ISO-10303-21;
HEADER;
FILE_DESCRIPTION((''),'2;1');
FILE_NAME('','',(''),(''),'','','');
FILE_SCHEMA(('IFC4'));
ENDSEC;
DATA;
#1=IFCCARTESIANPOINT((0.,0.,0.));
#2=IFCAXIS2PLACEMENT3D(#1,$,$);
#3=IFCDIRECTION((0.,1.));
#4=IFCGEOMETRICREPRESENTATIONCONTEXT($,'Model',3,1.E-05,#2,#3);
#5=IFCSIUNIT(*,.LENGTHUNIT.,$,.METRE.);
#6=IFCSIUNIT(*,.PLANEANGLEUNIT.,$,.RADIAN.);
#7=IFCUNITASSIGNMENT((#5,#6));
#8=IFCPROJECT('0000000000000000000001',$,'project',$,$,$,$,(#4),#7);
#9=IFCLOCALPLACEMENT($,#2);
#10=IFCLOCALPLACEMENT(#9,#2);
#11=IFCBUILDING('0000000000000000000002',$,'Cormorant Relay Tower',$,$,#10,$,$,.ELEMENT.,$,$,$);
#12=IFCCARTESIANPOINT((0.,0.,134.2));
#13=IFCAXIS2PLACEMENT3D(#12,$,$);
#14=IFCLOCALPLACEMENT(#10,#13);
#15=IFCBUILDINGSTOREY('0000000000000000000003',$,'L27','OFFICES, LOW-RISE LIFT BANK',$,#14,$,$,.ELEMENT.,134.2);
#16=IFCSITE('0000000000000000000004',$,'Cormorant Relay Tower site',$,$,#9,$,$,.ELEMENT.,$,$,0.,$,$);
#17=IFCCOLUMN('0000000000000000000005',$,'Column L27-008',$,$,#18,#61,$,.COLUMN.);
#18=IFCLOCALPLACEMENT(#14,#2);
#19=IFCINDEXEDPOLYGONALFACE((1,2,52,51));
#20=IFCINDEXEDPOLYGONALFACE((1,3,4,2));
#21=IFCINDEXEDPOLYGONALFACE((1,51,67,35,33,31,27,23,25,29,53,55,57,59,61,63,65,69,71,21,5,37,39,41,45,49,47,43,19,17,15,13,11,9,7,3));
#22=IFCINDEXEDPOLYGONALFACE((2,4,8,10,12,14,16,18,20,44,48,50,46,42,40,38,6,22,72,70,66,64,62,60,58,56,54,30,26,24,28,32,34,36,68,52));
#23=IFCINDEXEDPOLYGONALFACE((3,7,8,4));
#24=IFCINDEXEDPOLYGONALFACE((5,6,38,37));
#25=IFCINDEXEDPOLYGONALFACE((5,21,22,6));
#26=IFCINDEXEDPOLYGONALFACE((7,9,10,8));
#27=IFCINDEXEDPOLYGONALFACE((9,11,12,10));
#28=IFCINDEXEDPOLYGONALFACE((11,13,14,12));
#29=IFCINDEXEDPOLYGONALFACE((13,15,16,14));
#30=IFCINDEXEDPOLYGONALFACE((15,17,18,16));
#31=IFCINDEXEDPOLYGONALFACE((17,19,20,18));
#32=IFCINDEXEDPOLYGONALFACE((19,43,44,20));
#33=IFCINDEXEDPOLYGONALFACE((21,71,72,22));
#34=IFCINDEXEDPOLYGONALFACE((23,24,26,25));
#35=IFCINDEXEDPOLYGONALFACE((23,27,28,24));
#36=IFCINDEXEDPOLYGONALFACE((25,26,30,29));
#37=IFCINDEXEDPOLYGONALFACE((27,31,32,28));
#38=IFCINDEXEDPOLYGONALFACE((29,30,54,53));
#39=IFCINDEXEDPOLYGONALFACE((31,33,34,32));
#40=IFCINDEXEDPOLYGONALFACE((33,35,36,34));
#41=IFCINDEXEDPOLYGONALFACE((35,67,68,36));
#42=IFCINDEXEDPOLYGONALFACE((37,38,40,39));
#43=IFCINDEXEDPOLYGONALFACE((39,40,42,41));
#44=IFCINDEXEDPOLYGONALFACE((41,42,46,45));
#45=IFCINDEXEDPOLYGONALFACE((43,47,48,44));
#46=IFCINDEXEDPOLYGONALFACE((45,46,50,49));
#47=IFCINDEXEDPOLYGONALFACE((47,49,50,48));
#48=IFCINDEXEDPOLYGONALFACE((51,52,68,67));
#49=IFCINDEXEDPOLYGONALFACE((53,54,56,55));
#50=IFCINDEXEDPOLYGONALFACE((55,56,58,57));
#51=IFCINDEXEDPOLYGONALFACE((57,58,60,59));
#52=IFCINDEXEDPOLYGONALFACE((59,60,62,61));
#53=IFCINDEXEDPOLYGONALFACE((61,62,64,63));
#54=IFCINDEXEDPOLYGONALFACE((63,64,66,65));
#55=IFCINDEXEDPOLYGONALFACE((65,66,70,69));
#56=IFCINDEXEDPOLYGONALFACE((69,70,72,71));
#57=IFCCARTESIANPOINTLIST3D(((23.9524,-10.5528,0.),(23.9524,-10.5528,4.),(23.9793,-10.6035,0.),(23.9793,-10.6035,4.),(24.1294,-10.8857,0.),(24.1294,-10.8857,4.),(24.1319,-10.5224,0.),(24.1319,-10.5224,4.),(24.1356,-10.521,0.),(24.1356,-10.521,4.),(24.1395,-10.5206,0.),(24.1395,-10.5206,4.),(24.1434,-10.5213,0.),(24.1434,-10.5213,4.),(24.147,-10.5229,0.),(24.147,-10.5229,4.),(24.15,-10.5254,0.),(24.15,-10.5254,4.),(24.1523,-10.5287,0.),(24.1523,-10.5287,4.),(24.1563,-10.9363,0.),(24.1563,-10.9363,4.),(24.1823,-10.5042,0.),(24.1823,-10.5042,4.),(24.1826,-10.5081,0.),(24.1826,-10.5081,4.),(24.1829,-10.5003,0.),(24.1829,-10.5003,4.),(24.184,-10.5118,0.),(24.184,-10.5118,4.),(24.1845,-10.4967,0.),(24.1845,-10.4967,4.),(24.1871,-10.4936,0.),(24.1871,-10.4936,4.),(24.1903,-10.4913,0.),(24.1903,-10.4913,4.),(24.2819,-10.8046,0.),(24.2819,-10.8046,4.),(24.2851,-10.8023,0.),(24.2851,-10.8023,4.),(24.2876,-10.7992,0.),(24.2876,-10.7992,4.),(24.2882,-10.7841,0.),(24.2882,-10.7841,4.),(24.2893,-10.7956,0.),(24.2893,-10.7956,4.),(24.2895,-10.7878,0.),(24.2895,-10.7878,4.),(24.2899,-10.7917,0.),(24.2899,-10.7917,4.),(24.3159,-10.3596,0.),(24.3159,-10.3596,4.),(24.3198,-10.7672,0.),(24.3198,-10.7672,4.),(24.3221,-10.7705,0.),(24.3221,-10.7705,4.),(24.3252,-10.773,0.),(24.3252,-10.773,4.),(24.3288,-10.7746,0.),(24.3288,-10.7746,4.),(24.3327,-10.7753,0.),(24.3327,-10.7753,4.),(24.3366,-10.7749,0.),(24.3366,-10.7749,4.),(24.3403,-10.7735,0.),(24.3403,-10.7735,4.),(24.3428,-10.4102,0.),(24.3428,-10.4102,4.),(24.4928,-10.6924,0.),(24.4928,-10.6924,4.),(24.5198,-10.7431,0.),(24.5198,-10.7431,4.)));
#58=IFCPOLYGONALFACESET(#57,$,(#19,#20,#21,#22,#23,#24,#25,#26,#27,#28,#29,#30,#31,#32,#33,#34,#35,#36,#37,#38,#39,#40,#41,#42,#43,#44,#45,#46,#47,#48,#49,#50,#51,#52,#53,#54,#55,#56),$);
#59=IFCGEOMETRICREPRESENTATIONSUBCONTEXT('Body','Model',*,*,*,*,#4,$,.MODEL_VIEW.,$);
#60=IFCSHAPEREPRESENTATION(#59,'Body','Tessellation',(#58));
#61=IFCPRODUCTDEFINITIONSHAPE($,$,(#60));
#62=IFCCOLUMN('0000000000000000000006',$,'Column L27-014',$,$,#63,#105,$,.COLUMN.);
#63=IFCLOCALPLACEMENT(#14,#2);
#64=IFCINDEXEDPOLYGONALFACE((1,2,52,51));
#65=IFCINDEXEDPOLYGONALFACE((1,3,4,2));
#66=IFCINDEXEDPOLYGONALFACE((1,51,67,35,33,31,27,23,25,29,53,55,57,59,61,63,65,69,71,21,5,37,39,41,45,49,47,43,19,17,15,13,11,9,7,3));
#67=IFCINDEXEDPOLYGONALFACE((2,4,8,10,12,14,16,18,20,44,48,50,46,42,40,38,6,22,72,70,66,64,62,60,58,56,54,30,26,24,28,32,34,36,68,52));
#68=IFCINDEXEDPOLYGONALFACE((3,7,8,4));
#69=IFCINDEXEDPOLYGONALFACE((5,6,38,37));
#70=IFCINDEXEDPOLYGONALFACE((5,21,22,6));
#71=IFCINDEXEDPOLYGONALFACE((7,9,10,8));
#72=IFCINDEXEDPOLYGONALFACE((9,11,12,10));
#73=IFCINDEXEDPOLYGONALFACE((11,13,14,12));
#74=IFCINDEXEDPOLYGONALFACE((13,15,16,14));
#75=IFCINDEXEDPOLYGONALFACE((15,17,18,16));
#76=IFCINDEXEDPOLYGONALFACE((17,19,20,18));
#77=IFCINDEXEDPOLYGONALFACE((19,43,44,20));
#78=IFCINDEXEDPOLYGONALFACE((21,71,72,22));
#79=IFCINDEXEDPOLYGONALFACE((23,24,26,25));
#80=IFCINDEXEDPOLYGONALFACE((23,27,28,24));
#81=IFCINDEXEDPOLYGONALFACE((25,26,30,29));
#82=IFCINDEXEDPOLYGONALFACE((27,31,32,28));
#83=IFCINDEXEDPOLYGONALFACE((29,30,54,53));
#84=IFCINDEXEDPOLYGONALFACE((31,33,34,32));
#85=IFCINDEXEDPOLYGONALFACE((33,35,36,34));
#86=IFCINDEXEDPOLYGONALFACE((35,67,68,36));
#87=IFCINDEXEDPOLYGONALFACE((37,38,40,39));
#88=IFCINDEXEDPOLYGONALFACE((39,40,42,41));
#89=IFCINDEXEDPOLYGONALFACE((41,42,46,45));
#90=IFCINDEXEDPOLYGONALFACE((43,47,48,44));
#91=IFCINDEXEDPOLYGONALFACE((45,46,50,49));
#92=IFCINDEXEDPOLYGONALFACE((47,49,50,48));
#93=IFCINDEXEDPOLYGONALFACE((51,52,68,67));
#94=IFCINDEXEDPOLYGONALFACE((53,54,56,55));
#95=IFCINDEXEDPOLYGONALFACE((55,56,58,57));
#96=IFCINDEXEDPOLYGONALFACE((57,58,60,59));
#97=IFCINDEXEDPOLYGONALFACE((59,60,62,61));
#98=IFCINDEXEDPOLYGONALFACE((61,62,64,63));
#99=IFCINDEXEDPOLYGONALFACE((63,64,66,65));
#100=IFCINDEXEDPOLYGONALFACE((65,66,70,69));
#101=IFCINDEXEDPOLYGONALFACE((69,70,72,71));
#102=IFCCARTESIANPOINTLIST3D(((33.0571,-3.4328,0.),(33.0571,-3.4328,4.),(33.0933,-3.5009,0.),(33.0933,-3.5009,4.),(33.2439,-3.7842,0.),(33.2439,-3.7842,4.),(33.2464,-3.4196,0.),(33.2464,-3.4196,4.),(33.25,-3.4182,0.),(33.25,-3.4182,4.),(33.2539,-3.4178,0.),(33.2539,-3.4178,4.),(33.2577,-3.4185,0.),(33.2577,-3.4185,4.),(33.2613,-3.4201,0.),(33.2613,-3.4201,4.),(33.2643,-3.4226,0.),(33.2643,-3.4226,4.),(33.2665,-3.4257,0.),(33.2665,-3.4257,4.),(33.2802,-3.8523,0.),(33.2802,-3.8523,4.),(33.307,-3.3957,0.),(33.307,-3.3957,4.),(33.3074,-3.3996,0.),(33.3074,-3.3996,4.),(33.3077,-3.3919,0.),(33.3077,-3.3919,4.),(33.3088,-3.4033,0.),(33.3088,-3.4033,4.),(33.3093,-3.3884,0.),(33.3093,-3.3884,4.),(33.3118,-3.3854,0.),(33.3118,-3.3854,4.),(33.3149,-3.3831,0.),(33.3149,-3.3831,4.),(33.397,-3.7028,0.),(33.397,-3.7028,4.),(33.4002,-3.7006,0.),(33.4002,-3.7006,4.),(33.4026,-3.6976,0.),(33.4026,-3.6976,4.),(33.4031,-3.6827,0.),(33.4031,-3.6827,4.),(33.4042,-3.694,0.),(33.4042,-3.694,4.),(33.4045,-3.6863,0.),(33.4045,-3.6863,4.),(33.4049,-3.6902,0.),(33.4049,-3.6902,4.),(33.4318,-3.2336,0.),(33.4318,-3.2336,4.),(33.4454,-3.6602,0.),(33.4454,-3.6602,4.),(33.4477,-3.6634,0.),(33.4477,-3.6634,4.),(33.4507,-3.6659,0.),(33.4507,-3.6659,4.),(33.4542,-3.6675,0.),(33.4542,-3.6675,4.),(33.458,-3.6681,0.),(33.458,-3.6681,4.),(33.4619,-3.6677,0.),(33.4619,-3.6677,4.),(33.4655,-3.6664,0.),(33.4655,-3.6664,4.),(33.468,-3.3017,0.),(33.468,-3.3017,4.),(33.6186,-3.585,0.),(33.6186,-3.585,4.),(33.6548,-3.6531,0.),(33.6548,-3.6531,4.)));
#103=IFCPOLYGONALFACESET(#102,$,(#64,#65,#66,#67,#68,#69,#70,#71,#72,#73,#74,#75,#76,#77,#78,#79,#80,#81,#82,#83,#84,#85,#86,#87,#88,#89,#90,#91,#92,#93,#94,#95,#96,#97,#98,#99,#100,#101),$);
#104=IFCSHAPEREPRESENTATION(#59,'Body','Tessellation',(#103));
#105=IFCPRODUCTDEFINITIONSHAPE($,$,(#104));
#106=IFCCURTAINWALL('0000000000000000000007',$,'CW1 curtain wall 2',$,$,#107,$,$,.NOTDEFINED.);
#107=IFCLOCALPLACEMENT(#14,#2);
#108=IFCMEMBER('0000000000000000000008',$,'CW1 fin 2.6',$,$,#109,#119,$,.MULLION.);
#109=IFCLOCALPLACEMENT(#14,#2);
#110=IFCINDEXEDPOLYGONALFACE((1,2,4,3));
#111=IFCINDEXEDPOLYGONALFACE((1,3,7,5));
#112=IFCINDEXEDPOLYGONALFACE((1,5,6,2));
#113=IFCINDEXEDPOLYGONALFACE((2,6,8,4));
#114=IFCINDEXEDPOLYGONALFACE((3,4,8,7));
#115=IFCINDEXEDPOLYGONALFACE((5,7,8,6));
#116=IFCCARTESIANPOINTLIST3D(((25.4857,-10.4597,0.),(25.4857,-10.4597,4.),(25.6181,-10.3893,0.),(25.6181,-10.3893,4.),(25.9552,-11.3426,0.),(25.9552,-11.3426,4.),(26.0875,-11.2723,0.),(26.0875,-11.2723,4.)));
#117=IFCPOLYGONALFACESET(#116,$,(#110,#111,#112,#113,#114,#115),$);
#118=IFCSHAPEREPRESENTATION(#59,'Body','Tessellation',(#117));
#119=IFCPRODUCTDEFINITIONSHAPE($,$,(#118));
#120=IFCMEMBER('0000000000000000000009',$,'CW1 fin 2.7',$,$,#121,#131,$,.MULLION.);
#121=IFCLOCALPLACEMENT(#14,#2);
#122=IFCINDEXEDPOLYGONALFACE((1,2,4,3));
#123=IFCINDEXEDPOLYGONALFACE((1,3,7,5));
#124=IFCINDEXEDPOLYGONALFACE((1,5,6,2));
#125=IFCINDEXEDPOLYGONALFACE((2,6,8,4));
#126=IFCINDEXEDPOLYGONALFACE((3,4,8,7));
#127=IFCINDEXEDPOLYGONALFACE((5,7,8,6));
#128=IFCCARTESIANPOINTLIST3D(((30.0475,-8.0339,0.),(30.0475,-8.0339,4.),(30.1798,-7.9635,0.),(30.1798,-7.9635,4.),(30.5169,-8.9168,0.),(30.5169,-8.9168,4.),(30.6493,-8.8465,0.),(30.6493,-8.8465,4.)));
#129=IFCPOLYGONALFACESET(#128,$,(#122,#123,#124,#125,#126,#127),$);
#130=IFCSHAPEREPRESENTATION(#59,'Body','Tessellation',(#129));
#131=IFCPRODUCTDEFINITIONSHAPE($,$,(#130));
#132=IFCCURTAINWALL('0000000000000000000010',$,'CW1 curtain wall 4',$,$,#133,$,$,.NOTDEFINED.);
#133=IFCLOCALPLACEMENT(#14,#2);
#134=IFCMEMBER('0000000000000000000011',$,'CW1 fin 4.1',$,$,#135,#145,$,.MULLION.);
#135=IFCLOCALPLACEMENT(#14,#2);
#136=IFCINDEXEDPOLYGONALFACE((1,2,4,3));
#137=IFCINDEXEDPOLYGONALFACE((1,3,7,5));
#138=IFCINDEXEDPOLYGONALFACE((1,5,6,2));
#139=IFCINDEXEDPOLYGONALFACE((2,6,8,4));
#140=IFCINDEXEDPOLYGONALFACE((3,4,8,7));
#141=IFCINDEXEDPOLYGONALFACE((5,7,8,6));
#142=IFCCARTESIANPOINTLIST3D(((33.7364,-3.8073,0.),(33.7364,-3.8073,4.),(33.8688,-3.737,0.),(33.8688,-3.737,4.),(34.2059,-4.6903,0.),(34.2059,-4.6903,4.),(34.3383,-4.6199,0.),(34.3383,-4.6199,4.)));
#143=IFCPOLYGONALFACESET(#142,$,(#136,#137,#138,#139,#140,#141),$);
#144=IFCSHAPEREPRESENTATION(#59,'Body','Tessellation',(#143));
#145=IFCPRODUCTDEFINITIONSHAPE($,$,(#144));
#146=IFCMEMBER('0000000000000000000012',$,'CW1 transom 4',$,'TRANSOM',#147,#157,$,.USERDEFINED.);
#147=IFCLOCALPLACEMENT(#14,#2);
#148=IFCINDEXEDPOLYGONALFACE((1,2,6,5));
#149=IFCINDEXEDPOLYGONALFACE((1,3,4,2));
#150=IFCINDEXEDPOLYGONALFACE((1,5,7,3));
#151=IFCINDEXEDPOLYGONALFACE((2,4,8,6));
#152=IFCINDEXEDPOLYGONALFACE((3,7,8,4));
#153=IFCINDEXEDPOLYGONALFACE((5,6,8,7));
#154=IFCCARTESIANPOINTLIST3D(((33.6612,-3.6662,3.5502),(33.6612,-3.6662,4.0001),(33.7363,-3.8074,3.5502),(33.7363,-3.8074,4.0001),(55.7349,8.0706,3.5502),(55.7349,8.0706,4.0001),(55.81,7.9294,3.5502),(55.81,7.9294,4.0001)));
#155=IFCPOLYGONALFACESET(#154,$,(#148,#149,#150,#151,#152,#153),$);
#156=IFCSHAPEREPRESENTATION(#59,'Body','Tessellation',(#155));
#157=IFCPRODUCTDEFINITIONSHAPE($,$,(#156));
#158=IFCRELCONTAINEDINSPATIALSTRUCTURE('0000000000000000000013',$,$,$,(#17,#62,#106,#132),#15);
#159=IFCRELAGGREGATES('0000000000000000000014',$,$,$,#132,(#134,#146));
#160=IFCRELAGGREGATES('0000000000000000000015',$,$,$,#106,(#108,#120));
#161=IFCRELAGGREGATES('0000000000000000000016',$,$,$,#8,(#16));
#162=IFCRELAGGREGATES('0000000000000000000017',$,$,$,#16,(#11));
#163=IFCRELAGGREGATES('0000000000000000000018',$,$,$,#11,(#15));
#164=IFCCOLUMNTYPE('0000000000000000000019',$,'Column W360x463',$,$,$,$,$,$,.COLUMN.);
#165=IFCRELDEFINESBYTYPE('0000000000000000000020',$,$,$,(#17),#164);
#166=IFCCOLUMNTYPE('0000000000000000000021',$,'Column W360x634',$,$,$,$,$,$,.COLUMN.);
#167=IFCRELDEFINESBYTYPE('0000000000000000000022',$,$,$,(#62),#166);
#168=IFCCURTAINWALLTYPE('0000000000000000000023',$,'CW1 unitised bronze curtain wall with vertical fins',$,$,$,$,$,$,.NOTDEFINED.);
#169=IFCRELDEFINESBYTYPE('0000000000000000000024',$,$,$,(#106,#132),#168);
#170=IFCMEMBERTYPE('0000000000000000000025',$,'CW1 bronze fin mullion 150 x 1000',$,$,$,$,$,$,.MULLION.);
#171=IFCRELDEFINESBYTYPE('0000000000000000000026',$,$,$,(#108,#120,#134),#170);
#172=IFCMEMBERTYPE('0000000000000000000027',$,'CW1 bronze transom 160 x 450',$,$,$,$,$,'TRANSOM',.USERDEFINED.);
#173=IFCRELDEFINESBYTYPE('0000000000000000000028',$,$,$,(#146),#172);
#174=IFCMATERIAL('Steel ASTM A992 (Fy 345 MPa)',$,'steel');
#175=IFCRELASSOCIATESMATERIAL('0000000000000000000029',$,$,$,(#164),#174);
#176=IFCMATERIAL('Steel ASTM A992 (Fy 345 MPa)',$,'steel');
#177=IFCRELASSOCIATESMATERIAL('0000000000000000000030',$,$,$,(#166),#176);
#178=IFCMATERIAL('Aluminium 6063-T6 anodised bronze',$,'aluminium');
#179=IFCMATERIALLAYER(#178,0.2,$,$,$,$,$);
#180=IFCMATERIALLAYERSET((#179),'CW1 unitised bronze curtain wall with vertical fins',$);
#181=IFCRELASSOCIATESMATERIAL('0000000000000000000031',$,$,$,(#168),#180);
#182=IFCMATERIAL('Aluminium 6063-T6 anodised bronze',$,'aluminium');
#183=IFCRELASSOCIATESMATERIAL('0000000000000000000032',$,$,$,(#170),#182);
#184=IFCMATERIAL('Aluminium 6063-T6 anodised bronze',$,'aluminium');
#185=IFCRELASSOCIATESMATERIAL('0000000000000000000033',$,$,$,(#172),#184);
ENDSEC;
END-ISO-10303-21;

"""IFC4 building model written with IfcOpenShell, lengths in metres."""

from ifc_helpers import new_model, si_unit, direction, frame, origin, origin_2d, place, context, subcontext, project, spatial, rectangle, i_section, extrude, material, layer, layer_set, material_profile, profile_set, type_object, element, aggregate, save


model = new_model("IFC4")

# Units and contexts
model_context = context("Model", 3, precision=1e-05, world=origin(), true_north=direction((0.0, 1.0)))
body_context = subcontext(model_context, "Body", "Model", "MODEL_VIEW")
ifc_project = project(units=[si_unit("LENGTHUNIT", "METRE"), si_unit("PLANEANGLEUNIT", "RADIAN")], contexts=[model_context])

# Site, building, storey
site_placement = place(None, origin())
site = spatial("IfcSite", under=ifc_project, at=site_placement, Name="Cormorant Relay Tower site", CompositionType="ELEMENT", RefElevation=0.0)
building_placement = place(site_placement, origin())
building = spatial("IfcBuilding", under=site, at=building_placement, Name="Cormorant Relay Tower", CompositionType="ELEMENT")
storey_placement = place(building_placement, frame((0.0, 0.0, 134.2)))
storey = spatial("IfcBuildingStorey", under=building, at=storey_placement, Name="L27", Description="OFFICES, LOW-RISE LIFT BANK", CompositionType="ELEMENT", Elevation=134.2)

# Columns
ifc_material_1 = material(Name="Steel ASTM A992 (Fy 345 MPa)", Category="steel")
ifc_material_profile_1 = material_profile(ifc_material_1, i_section(OverallWidth=0.4116, OverallDepth=0.4343, WebThickness=0.0359, FlangeThickness=0.0574, FilletRadius=0.0151, at=origin_2d()), Name="W360x463")
ifc_profile_set_1 = profile_set([ifc_material_profile_1], Name="Steel ASTM A992 (Fy 345 MPa)")
column_type_1 = type_object("IfcColumnType", Name="Column W360x463", PredefinedType="COLUMN", material=ifc_profile_set_1)
column_1_placement = place(storey_placement, frame((24.2361, -10.6479, 0.0), z_axis=(0.0, 0.0, 1.0), x_axis=(0.882948, 0.469472, 0.0)))
element("IfcColumn", 1, at=column_1_placement, inside=storey, type_object=column_type_1, Name="Column L27-008", PredefinedType="COLUMN", context=body_context, shape_type="SweptSolid", body=[
    extrude(i_section(OverallWidth=0.4116, OverallDepth=0.4343, WebThickness=0.0359, FlangeThickness=0.0574, FilletRadius=0.0151, at=origin_2d()), origin(), (0.0, 0.0, 1.0), 4.0),
])
ifc_material_2 = material(Name="Steel ASTM A992 (Fy 345 MPa)", Category="steel")
ifc_material_profile_2 = material_profile(ifc_material_2, i_section(OverallWidth=0.4243, OverallDepth=0.4751, WebThickness=0.0479, FlangeThickness=0.0771, FilletRadius=0.0149, at=origin_2d()), Name="W360x634")
ifc_profile_set_2 = profile_set([ifc_material_profile_2], Name="Steel ASTM A992 (Fy 345 MPa)")
column_type_2 = type_object("IfcColumnType", Name="Column W360x634", PredefinedType="COLUMN", material=ifc_profile_set_2)
column_2_placement = place(storey_placement, frame((33.356, -3.543, 0.0), z_axis=(0.0, 0.0, 1.0), x_axis=(0.882948, 0.469472, 0.0)))
element("IfcColumn", 2, at=column_2_placement, inside=storey, type_object=column_type_2, Name="Column L27-014", PredefinedType="COLUMN", context=body_context, shape_type="SweptSolid", body=[
    extrude(i_section(OverallWidth=0.4243, OverallDepth=0.4751, WebThickness=0.0479, FlangeThickness=0.0771, FilletRadius=0.0149, at=origin_2d()), origin(), (0.0, 0.0, 1.0), 4.0),
])

# Curtain walls, members
ifc_material_3 = material(Name="Aluminium 6063-T6 anodised bronze", Category="aluminium")
ifc_layer_1 = layer(ifc_material_3, 0.2)
ifc_layer_set_1 = layer_set([ifc_layer_1], Name="CW1 unitised bronze curtain wall with vertical fins")
curtain_wall_type = type_object("IfcCurtainWallType", Name="CW1 unitised bronze curtain wall with vertical fins", PredefinedType="NOTDEFINED", material=ifc_layer_set_1)
curtain_wall_1_placement = place(storey_placement, origin())
curtain_wall_1 = element("IfcCurtainWall", 3, at=curtain_wall_1_placement, inside=storey, type_object=curtain_wall_type, Name="CW1 curtain wall 2", PredefinedType="NOTDEFINED")
ifc_material_4 = material(Name="Aluminium 6063-T6 anodised bronze", Category="aluminium")
ifc_material_profile_3 = material_profile(ifc_material_4, rectangle(XDim=0.1499, YDim=1.0, at=origin_2d()), Name="AL 150x1000")
ifc_profile_set_3 = profile_set([ifc_material_profile_3], Name="Aluminium 6063-T6 anodised bronze")
member_type_1 = type_object("IfcMemberType", Name="CW1 bronze fin mullion 150 x 1000", PredefinedType="MULLION", material=ifc_profile_set_3)
member_1_placement = place(storey_placement, frame((25.7866, -10.866, 0.0), z_axis=(0.0, 0.0, 1.0), x_axis=(0.882948, 0.469472, 0.0)))
member_1 = element("IfcMember", 4, at=member_1_placement, type_object=member_type_1, Name="CW1 fin 2.6", PredefinedType="MULLION", context=body_context, shape_type="SweptSolid", body=[
    extrude(rectangle(XDim=0.1499, YDim=1.0, at=origin_2d()), origin(), (0.0, 0.0, 1.0), 4.0),
])
member_2_placement = place(storey_placement, frame((30.3484, -8.4402, 0.0), z_axis=(0.0, 0.0, 1.0), x_axis=(0.882948, 0.469472, 0.0)))
member_2 = element("IfcMember", 5, at=member_2_placement, type_object=member_type_1, Name="CW1 fin 2.7", PredefinedType="MULLION", context=body_context, shape_type="SweptSolid", body=[
    extrude(rectangle(XDim=0.1499, YDim=1.0, at=origin_2d()), origin(), (0.0, 0.0, 1.0), 4.0),
])
curtain_wall_2_placement = place(storey_placement, origin())
curtain_wall_2 = element("IfcCurtainWall", 6, at=curtain_wall_2_placement, inside=storey, type_object=curtain_wall_type, Name="CW1 curtain wall 4", PredefinedType="NOTDEFINED")
member_3_placement = place(storey_placement, frame((34.0374, -4.2136, 0.0), z_axis=(0.0, 0.0, 1.0), x_axis=(0.882948, 0.469472, 0.0)))
member_3 = element("IfcMember", 7, at=member_3_placement, type_object=member_type_1, Name="CW1 fin 4.1", PredefinedType="MULLION", context=body_context, shape_type="SweptSolid", body=[
    extrude(rectangle(XDim=0.1499, YDim=1.0, at=origin_2d()), origin(), (0.0, 0.0, 1.0), 4.0),
])
ifc_material_5 = material(Name="Aluminium 6063-T6 anodised bronze", Category="aluminium")
ifc_material_profile_4 = material_profile(ifc_material_5, rectangle(XDim=0.1599, YDim=0.45, at=origin_2d()), Name="AL 160x450")
ifc_profile_set_4 = profile_set([ifc_material_profile_4], Name="Aluminium 6063-T6 anodised bronze")
member_type_2 = type_object("IfcMemberType", Name="CW1 bronze transom 160 x 450", ElementType="TRANSOM", PredefinedType="USERDEFINED", material=ifc_profile_set_4)
member_4_placement = place(storey_placement, frame((33.6987, -3.7368, 3.7751), z_axis=(0.882947, 0.469472, 0.0), x_axis=(-0.469472, 0.882947, 0.0)))
member_4 = element("IfcMember", 8, at=member_4_placement, type_object=member_type_2, Name="CW1 transom 4", ObjectType="TRANSOM", PredefinedType="USERDEFINED", context=body_context, shape_type="SweptSolid", body=[
    extrude(rectangle(XDim=0.1599, YDim=0.45, at=origin_2d()), origin(), (0.0, 0.0, 1.0), 25.0),
])
aggregate(curtain_wall_2, [member_3, member_4])

aggregate(curtain_wall_1, [member_1, member_2])

save(model, "model.ifc")
